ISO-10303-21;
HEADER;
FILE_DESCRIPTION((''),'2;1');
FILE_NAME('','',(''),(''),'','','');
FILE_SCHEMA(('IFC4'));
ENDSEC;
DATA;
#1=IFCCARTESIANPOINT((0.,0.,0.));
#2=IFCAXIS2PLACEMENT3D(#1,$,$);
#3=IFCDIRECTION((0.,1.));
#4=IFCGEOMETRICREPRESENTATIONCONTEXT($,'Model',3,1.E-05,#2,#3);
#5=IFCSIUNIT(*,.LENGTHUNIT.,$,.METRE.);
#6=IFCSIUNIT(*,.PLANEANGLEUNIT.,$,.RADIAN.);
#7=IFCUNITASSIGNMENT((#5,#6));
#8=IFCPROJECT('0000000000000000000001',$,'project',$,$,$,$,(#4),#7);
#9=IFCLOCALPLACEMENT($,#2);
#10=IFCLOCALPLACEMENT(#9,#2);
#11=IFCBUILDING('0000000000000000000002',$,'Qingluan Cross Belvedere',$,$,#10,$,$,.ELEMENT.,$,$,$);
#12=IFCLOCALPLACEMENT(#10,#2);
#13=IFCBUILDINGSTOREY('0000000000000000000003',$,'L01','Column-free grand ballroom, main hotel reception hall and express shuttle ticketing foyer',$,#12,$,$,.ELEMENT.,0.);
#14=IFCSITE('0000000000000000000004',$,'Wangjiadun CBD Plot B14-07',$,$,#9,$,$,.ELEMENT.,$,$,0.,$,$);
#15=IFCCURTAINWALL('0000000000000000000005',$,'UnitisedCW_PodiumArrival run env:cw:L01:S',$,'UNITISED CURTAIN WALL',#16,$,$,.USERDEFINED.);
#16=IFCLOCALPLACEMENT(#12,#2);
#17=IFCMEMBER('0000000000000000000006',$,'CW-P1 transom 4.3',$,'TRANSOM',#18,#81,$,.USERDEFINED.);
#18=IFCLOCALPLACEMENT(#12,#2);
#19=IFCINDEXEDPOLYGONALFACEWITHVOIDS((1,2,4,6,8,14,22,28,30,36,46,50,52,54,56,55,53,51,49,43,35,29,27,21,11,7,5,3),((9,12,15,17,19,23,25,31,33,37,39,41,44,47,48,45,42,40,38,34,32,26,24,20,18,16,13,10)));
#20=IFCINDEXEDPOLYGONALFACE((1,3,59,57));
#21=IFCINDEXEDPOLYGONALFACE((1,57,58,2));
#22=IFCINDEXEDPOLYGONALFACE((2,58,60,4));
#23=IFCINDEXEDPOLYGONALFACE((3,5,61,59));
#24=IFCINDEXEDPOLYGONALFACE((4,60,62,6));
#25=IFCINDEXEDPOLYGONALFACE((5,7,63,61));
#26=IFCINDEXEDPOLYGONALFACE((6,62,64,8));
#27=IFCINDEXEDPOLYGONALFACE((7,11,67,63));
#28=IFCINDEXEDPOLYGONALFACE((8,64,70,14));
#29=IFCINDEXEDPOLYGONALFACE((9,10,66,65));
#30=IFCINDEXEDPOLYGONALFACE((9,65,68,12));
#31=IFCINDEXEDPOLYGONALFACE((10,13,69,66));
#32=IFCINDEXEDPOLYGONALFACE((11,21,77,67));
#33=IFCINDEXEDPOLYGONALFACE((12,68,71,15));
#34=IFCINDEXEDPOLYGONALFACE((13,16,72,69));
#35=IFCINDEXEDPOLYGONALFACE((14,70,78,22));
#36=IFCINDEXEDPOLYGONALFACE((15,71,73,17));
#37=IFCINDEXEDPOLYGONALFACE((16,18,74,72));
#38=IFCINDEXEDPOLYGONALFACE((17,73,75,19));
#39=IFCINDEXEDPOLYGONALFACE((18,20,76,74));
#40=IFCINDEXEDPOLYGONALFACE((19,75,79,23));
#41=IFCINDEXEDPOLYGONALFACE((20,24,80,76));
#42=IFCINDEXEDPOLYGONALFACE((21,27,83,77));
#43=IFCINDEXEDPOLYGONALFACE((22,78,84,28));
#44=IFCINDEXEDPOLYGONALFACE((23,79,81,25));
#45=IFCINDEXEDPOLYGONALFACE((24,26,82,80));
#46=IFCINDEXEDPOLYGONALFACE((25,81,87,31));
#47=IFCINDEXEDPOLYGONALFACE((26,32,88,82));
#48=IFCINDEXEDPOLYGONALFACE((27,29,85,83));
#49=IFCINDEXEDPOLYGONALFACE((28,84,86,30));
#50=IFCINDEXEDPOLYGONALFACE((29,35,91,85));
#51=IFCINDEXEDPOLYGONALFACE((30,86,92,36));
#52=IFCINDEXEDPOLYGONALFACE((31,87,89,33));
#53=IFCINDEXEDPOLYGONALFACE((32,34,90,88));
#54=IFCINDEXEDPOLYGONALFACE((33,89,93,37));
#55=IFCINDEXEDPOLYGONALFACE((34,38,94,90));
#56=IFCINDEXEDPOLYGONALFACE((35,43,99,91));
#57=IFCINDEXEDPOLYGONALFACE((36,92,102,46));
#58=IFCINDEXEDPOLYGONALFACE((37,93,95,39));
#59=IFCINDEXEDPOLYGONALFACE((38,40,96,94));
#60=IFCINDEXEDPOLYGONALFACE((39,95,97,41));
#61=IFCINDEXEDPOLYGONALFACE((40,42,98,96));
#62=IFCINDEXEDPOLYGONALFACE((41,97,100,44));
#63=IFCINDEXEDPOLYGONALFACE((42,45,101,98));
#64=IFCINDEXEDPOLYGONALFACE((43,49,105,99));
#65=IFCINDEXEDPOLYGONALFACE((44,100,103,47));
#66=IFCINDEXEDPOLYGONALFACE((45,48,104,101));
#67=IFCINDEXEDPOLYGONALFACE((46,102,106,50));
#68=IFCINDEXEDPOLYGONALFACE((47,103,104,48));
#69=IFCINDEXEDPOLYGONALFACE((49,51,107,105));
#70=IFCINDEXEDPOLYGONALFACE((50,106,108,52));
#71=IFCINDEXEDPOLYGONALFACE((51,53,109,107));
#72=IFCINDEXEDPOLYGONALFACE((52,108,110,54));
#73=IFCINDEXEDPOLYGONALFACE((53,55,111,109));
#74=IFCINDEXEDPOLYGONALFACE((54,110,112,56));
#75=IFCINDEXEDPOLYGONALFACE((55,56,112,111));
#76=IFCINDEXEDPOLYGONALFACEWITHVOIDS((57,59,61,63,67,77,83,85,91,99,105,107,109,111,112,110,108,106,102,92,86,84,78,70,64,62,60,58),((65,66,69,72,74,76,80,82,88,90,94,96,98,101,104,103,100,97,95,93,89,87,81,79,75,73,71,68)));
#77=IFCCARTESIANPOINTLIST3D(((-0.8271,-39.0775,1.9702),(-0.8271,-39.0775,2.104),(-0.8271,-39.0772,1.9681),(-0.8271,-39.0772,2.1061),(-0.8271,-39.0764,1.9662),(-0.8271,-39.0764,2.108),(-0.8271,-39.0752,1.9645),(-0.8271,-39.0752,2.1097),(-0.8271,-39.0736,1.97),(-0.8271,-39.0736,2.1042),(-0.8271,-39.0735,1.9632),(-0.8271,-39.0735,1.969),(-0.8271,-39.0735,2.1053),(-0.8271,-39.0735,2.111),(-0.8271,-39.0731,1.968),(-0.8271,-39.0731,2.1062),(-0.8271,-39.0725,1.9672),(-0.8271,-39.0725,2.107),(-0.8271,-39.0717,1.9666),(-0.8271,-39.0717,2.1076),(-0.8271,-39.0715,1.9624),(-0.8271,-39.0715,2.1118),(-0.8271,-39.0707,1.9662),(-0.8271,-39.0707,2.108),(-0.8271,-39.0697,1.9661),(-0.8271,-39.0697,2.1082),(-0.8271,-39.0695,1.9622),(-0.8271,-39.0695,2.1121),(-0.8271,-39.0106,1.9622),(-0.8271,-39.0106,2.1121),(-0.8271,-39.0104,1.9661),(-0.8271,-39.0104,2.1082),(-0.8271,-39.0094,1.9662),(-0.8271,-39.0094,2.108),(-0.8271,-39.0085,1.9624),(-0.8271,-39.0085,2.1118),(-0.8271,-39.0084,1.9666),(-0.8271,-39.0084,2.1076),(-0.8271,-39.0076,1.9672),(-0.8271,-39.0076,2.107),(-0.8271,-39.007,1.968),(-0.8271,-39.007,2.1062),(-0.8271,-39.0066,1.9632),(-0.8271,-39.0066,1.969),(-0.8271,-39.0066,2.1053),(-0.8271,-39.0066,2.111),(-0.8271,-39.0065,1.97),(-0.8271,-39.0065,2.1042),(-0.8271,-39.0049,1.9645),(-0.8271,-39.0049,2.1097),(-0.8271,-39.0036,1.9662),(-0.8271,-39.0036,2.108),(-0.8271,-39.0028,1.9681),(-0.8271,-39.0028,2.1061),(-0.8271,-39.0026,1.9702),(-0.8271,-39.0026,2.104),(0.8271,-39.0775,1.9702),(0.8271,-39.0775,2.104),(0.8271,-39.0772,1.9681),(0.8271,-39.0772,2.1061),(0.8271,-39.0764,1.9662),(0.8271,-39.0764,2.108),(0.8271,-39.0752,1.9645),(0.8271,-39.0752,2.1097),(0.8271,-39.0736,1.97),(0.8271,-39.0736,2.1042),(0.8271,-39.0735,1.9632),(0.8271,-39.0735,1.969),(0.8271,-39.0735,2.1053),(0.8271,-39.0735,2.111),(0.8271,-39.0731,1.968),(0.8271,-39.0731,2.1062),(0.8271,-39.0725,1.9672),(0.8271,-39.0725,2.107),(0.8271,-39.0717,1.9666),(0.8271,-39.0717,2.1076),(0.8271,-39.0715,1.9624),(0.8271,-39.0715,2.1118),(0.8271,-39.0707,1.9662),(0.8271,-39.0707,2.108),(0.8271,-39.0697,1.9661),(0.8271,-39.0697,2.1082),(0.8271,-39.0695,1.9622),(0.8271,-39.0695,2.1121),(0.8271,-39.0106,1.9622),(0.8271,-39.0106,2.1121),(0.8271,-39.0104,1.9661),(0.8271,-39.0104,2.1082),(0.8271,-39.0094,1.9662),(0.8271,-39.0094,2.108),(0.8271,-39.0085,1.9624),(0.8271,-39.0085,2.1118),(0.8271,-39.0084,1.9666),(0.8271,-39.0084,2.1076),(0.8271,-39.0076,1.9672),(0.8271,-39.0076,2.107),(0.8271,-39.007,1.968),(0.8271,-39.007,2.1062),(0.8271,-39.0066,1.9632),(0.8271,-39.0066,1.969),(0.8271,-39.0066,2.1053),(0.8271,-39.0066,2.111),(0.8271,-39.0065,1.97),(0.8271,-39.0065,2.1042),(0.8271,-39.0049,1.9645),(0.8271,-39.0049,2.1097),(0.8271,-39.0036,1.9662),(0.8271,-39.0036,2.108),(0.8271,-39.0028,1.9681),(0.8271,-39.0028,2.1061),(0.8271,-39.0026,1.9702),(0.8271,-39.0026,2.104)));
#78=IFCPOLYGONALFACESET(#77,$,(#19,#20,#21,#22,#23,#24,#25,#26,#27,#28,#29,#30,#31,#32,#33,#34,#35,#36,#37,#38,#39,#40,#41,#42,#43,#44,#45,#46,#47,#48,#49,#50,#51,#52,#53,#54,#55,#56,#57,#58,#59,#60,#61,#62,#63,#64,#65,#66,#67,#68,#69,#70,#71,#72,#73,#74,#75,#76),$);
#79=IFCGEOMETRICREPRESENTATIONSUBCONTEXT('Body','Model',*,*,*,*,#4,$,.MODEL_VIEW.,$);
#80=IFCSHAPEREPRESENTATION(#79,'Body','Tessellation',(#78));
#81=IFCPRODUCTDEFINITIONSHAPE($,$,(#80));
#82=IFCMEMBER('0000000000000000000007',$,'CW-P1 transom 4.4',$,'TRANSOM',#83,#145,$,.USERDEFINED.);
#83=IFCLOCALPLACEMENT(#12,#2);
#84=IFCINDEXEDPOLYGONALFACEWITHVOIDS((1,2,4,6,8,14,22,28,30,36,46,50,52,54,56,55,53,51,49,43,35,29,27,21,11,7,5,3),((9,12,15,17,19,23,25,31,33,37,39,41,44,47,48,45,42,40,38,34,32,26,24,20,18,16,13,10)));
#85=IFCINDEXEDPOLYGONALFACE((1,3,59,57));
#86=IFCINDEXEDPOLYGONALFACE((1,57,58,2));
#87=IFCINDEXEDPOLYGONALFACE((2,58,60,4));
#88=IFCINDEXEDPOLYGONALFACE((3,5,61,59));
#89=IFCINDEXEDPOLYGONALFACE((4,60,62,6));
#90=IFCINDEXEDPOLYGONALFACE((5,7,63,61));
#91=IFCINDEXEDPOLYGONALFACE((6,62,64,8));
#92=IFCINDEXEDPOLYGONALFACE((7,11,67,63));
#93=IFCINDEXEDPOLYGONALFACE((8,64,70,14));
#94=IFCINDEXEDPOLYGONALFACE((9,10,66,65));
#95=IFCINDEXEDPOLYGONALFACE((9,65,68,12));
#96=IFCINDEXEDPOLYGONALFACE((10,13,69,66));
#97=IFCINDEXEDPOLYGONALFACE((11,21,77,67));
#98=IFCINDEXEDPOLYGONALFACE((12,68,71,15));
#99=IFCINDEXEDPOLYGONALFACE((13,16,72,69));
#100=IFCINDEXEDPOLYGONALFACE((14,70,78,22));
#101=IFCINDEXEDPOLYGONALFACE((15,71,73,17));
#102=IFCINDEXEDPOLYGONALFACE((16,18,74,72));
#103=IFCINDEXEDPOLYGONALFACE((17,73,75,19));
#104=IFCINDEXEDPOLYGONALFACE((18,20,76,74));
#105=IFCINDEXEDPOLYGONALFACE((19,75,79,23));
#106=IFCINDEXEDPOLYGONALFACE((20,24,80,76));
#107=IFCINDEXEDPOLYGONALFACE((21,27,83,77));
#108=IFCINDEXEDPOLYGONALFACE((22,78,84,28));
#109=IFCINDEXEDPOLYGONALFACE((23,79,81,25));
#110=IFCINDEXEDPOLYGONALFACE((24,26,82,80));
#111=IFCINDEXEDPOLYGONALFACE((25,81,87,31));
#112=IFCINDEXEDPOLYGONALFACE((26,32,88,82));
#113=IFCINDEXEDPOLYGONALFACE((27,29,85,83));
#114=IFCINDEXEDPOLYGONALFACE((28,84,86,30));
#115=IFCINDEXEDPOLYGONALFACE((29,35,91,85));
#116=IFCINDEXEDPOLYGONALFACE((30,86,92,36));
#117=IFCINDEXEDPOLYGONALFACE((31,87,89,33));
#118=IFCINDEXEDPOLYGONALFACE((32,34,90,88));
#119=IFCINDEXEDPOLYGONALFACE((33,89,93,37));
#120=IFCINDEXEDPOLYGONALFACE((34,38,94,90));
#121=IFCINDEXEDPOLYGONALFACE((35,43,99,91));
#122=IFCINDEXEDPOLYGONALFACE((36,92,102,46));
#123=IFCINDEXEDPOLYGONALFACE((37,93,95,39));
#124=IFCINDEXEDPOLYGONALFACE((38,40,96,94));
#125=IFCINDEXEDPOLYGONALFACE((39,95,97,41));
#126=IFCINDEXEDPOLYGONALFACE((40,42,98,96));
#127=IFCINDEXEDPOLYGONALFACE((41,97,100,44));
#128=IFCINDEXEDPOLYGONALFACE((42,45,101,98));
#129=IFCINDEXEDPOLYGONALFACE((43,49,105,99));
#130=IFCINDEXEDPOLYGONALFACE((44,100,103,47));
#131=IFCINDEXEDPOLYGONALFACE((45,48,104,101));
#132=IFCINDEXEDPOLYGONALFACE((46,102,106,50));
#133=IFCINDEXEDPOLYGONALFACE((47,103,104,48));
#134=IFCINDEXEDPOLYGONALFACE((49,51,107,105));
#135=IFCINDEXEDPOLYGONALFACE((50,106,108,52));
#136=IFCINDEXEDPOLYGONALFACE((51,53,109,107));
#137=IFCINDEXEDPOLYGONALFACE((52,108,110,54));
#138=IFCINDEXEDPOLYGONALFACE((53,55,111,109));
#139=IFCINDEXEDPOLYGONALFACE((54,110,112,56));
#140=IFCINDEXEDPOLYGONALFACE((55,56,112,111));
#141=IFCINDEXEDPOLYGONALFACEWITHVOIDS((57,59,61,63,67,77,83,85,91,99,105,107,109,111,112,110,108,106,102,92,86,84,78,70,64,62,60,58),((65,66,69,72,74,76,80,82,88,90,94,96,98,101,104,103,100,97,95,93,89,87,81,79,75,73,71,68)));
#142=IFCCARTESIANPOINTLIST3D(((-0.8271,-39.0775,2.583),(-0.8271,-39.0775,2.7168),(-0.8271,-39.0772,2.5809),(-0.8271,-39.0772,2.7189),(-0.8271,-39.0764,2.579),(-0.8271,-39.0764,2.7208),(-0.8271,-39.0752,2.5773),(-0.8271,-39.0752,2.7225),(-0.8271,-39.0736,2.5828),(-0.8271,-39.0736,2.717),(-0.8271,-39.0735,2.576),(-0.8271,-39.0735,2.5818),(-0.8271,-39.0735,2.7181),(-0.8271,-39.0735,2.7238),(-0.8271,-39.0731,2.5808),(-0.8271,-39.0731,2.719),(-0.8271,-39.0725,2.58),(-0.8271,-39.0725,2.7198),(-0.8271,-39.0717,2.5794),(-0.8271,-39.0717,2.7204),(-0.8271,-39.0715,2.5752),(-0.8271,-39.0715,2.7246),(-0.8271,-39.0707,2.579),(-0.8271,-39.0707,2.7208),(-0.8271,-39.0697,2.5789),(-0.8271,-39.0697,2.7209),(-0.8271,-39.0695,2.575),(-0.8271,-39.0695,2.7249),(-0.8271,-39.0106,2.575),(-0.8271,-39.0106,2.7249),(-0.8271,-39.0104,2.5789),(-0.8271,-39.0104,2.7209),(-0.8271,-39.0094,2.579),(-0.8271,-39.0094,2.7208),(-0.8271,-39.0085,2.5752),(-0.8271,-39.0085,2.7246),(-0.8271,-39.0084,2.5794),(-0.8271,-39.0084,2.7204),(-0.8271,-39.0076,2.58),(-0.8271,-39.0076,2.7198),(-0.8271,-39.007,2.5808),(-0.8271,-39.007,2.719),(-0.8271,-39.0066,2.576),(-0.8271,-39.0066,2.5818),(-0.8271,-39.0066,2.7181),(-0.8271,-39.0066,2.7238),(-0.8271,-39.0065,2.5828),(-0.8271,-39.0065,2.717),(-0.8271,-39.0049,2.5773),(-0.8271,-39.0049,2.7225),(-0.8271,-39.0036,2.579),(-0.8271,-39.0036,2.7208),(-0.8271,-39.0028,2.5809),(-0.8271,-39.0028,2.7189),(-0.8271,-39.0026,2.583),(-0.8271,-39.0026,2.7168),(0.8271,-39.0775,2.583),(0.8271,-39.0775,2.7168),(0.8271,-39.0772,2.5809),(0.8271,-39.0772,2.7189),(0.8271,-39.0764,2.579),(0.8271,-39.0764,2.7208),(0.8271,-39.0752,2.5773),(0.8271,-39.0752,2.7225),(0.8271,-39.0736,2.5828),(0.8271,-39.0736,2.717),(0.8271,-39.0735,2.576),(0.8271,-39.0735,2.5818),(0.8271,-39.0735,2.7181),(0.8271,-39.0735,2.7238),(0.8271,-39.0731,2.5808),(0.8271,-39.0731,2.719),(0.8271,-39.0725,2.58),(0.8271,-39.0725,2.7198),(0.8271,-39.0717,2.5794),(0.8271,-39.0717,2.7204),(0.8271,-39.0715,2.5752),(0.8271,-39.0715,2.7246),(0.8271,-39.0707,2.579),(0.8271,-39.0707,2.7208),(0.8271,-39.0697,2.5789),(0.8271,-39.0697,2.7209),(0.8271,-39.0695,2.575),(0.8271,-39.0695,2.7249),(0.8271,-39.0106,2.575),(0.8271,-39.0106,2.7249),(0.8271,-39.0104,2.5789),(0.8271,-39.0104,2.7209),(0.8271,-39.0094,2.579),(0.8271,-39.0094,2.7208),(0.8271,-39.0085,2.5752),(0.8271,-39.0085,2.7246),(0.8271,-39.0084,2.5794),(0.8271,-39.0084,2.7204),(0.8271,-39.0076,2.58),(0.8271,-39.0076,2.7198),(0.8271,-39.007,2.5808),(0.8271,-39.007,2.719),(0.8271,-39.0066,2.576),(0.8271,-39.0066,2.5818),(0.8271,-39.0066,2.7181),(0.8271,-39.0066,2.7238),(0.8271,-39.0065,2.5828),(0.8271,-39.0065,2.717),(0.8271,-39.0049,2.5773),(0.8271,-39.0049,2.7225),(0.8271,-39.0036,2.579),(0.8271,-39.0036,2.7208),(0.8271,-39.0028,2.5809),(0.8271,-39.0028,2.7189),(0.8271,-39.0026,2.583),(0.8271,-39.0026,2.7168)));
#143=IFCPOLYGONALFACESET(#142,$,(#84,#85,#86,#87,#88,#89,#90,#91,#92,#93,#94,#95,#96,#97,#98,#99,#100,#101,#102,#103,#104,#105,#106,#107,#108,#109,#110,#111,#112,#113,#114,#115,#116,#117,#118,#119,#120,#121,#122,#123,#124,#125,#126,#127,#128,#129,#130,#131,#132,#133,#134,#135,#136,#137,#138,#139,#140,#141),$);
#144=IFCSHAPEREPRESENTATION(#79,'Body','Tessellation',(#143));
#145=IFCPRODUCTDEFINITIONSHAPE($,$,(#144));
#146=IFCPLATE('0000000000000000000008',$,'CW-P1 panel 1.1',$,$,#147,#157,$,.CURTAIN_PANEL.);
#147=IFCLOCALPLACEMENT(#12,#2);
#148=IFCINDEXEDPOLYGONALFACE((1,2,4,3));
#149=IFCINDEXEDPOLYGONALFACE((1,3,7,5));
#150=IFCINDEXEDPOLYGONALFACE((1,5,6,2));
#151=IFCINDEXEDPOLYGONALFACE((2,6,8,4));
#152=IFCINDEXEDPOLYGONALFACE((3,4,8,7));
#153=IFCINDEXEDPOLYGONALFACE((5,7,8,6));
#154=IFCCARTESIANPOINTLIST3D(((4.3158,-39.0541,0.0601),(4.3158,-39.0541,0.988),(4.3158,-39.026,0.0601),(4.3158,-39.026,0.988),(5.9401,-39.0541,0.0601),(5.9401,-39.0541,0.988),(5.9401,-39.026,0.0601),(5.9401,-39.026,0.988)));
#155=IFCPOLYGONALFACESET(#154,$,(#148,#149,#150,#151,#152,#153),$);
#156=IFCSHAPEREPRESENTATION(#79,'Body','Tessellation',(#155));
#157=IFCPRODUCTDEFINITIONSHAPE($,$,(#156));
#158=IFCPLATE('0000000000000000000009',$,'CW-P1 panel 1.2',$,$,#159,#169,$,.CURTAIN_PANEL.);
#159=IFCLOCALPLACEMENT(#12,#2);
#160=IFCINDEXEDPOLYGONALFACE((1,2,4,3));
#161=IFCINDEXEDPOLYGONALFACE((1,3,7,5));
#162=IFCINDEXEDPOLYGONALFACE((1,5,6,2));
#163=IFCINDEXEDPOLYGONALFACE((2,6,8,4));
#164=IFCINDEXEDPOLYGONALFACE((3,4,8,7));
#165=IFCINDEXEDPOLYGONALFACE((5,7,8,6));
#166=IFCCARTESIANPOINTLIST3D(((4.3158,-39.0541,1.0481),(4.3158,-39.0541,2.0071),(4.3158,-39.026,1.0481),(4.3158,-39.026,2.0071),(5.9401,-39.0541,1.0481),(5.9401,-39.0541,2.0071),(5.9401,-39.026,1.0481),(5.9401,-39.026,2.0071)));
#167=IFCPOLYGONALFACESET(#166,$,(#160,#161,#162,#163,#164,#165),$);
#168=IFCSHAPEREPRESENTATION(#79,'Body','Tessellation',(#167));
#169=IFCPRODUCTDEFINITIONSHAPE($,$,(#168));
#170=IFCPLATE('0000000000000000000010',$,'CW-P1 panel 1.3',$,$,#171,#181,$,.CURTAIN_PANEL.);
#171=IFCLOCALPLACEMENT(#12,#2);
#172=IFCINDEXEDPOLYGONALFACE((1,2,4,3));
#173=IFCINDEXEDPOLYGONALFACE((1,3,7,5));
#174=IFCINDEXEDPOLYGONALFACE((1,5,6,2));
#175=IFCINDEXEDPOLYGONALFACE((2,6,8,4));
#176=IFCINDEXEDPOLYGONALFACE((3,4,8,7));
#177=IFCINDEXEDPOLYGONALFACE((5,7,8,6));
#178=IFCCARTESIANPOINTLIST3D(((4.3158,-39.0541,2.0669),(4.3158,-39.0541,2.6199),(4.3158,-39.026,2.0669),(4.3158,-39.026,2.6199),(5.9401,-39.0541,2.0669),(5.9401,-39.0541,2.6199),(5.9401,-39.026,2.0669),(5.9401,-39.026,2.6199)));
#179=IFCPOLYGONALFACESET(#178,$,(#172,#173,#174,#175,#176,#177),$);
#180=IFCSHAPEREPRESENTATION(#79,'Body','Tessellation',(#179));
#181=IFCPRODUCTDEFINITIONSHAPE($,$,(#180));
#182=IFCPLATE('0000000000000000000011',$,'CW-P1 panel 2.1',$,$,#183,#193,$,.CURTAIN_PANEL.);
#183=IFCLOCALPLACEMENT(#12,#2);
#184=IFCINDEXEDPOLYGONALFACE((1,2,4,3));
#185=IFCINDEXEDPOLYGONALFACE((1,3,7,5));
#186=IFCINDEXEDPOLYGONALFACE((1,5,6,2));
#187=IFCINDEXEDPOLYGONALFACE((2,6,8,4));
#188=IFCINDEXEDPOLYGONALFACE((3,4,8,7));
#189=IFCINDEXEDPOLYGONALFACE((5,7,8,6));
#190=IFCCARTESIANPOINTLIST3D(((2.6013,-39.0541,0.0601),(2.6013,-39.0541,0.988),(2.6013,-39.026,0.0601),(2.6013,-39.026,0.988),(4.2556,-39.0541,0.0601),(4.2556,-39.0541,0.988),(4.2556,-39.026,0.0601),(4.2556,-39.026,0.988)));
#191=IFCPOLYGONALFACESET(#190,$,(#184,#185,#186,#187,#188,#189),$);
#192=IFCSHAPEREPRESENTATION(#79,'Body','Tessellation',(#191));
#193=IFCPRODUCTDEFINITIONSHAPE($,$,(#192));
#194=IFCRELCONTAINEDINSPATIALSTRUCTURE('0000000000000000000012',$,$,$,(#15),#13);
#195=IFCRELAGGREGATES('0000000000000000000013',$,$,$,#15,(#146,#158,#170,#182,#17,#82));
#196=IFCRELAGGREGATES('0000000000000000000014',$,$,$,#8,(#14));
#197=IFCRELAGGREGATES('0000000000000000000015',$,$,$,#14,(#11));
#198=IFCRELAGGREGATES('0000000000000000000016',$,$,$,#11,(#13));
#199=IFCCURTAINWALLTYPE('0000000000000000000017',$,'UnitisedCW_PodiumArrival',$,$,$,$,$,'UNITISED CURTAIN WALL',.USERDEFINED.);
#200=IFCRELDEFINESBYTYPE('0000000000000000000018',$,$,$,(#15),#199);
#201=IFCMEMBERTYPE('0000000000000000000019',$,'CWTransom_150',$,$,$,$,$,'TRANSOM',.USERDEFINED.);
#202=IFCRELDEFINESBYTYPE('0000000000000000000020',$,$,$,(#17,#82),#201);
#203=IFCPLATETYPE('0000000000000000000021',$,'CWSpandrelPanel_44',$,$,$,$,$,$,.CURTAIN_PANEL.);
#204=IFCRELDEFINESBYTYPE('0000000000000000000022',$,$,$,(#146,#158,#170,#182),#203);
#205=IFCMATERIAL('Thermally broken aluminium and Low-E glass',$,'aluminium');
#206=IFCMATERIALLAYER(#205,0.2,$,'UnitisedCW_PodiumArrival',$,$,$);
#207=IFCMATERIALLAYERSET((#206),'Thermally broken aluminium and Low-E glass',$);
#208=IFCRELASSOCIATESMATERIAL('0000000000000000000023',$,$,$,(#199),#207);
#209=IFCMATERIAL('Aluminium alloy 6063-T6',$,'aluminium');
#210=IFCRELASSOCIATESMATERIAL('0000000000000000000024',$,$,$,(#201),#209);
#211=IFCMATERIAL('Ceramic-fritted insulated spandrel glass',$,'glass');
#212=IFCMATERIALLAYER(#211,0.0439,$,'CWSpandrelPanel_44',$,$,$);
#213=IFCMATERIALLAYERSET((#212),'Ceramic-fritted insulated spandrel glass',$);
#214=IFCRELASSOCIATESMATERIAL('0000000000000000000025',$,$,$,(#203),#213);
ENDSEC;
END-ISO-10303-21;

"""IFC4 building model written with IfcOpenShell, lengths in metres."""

from ifc_helpers import new_model, si_unit, direction, frame, origin, origin_2d, place, context, subcontext, project, spatial, rectangle, hollow_rectangle, extrude, material, layer, layer_set, material_profile, profile_set, type_object, element, aggregate, save


model = new_model("IFC4")

# Units and contexts
model_context = context("Model", 3, precision=1e-05, world=origin(), true_north=direction((0.0, 1.0)))
body_context = subcontext(model_context, "Body", "Model", "MODEL_VIEW")
ifc_project = project(units=[si_unit("LENGTHUNIT", "METRE"), si_unit("PLANEANGLEUNIT", "RADIAN")], contexts=[model_context])

# Site, building, storey
site_placement = place(None, origin())
site = spatial("IfcSite", under=ifc_project, at=site_placement, Name="Wangjiadun CBD Plot B14-07", CompositionType="ELEMENT", RefElevation=0.0)
building_placement = place(site_placement, origin())
building = spatial("IfcBuilding", under=site, at=building_placement, Name="Qingluan Cross Belvedere", CompositionType="ELEMENT")
storey_placement = place(building_placement, origin())
storey = spatial("IfcBuildingStorey", under=building, at=storey_placement, Name="L01", Description="Column-free grand ballroom, main hotel reception hall and express shuttle ticketing foyer", CompositionType="ELEMENT", Elevation=0.0)

# Curtain wall, members, plates
ifc_material_1 = material(Name="Thermally broken aluminium and Low-E glass", Category="aluminium")
ifc_layer_1 = layer(ifc_material_1, 0.2, Name="UnitisedCW_PodiumArrival")
ifc_layer_set_1 = layer_set([ifc_layer_1], Name="Thermally broken aluminium and Low-E glass")
curtain_wall_type = type_object("IfcCurtainWallType", Name="UnitisedCW_PodiumArrival", ElementType="UNITISED CURTAIN WALL", PredefinedType="USERDEFINED", material=ifc_layer_set_1)
curtain_wall_placement = place(storey_placement, origin())
curtain_wall = element("IfcCurtainWall", 1, at=curtain_wall_placement, inside=storey, type_object=curtain_wall_type, Name="UnitisedCW_PodiumArrival run env:cw:L01:S", ObjectType="UNITISED CURTAIN WALL", PredefinedType="USERDEFINED")
ifc_material_2 = material(Name="Aluminium alloy 6063-T6", Category="aluminium")
ifc_material_profile_1 = material_profile(ifc_material_2, hollow_rectangle(XDim=0.075, YDim=0.1499, WallThickness=0.0039, InnerFilletRadius=0.0039, OuterFilletRadius=0.0081, at=origin_2d()), Name="CWT150x75x4")
ifc_profile_set_1 = profile_set([ifc_material_profile_1], Name="Aluminium alloy 6063-T6")
member_type_1 = type_object("IfcMemberType", Name="CWTransom_150", ElementType="TRANSOM", PredefinedType="USERDEFINED", material=ifc_profile_set_1)
member_1_placement = place(storey_placement, frame((0.8271, -39.04, 2.0371), z_axis=(-1.0, 0.0, 0.0), x_axis=(0.0, -1.0, 0.0)))
member_1 = element("IfcMember", 2, at=member_1_placement, type_object=member_type_1, Name="CW-P1 transom 4.3", ObjectType="TRANSOM", PredefinedType="USERDEFINED", context=body_context, shape_type="SweptSolid", body=[
    extrude(hollow_rectangle(XDim=0.075, YDim=0.1499, WallThickness=0.0039, InnerFilletRadius=0.0039, OuterFilletRadius=0.0081, at=origin_2d()), origin(), (0.0, 0.0, 1.0), 1.6543),
])
member_2_placement = place(storey_placement, frame((0.8271, -39.04, 2.6499), z_axis=(-1.0, 0.0, 0.0), x_axis=(0.0, -1.0, 0.0)))
member_2 = element("IfcMember", 3, at=member_2_placement, type_object=member_type_1, Name="CW-P1 transom 4.4", ObjectType="TRANSOM", PredefinedType="USERDEFINED", context=body_context, shape_type="SweptSolid", body=[
    extrude(hollow_rectangle(XDim=0.075, YDim=0.1499, WallThickness=0.0039, InnerFilletRadius=0.0039, OuterFilletRadius=0.0081, at=origin_2d()), origin(), (0.0, 0.0, 1.0), 1.6543),
])
ifc_material_3 = material(Name="Ceramic-fritted insulated spandrel glass", Category="glass")
ifc_layer_2 = layer(ifc_material_3, 0.0439, Name="CWSpandrelPanel_44")
ifc_layer_set_2 = layer_set([ifc_layer_2], Name="Ceramic-fritted insulated spandrel glass")
plate_type = type_object("IfcPlateType", Name="CWSpandrelPanel_44", PredefinedType="CURTAIN_PANEL", material=ifc_layer_set_2)
plate_1_placement = place(storey_placement, frame((5.1279, -39.04, 0.0601), z_axis=(0.0, 0.0, 1.0), x_axis=(-1.0, 0.0, 0.0)))
plate_1 = element("IfcPlate", 4, at=plate_1_placement, type_object=plate_type, Name="CW-P1 panel 1.1", PredefinedType="CURTAIN_PANEL", context=body_context, shape_type="SweptSolid", body=[
    extrude(rectangle(XDim=1.6243, YDim=0.0281, at=origin_2d()), origin(), (0.0, 0.0, 1.0), 0.928),
])
plate_2_placement = place(storey_placement, frame((5.1279, -39.04, 1.0481), z_axis=(0.0, 0.0, 1.0), x_axis=(-1.0, 0.0, 0.0)))
plate_2 = element("IfcPlate", 5, at=plate_2_placement, type_object=plate_type, Name="CW-P1 panel 1.2", PredefinedType="CURTAIN_PANEL", context=body_context, shape_type="SweptSolid", body=[
    extrude(rectangle(XDim=1.6243, YDim=0.0281, at=origin_2d()), origin(), (0.0, 0.0, 1.0), 0.959),
])
plate_3_placement = place(storey_placement, frame((5.1279, -39.04, 2.0669), z_axis=(0.0, 0.0, 1.0), x_axis=(-1.0, 0.0, 0.0)))
plate_3 = element("IfcPlate", 6, at=plate_3_placement, type_object=plate_type, Name="CW-P1 panel 1.3", PredefinedType="CURTAIN_PANEL", context=body_context, shape_type="SweptSolid", body=[
    extrude(rectangle(XDim=1.6243, YDim=0.0281, at=origin_2d()), origin(), (0.0, 0.0, 1.0), 0.553),
])
plate_4_placement = place(storey_placement, frame((3.4285, -39.04, 0.0601), z_axis=(0.0, 0.0, 1.0), x_axis=(-1.0, 0.0, 0.0)))
plate_4 = element("IfcPlate", 7, at=plate_4_placement, type_object=plate_type, Name="CW-P1 panel 2.1", PredefinedType="CURTAIN_PANEL", context=body_context, shape_type="SweptSolid", body=[
    extrude(rectangle(XDim=1.6543, YDim=0.0281, at=origin_2d()), origin(), (0.0, 0.0, 1.0), 0.928),
])
aggregate(curtain_wall, [plate_1, plate_2, plate_3, plate_4, member_1, member_2])

save(model, "model.ifc")
